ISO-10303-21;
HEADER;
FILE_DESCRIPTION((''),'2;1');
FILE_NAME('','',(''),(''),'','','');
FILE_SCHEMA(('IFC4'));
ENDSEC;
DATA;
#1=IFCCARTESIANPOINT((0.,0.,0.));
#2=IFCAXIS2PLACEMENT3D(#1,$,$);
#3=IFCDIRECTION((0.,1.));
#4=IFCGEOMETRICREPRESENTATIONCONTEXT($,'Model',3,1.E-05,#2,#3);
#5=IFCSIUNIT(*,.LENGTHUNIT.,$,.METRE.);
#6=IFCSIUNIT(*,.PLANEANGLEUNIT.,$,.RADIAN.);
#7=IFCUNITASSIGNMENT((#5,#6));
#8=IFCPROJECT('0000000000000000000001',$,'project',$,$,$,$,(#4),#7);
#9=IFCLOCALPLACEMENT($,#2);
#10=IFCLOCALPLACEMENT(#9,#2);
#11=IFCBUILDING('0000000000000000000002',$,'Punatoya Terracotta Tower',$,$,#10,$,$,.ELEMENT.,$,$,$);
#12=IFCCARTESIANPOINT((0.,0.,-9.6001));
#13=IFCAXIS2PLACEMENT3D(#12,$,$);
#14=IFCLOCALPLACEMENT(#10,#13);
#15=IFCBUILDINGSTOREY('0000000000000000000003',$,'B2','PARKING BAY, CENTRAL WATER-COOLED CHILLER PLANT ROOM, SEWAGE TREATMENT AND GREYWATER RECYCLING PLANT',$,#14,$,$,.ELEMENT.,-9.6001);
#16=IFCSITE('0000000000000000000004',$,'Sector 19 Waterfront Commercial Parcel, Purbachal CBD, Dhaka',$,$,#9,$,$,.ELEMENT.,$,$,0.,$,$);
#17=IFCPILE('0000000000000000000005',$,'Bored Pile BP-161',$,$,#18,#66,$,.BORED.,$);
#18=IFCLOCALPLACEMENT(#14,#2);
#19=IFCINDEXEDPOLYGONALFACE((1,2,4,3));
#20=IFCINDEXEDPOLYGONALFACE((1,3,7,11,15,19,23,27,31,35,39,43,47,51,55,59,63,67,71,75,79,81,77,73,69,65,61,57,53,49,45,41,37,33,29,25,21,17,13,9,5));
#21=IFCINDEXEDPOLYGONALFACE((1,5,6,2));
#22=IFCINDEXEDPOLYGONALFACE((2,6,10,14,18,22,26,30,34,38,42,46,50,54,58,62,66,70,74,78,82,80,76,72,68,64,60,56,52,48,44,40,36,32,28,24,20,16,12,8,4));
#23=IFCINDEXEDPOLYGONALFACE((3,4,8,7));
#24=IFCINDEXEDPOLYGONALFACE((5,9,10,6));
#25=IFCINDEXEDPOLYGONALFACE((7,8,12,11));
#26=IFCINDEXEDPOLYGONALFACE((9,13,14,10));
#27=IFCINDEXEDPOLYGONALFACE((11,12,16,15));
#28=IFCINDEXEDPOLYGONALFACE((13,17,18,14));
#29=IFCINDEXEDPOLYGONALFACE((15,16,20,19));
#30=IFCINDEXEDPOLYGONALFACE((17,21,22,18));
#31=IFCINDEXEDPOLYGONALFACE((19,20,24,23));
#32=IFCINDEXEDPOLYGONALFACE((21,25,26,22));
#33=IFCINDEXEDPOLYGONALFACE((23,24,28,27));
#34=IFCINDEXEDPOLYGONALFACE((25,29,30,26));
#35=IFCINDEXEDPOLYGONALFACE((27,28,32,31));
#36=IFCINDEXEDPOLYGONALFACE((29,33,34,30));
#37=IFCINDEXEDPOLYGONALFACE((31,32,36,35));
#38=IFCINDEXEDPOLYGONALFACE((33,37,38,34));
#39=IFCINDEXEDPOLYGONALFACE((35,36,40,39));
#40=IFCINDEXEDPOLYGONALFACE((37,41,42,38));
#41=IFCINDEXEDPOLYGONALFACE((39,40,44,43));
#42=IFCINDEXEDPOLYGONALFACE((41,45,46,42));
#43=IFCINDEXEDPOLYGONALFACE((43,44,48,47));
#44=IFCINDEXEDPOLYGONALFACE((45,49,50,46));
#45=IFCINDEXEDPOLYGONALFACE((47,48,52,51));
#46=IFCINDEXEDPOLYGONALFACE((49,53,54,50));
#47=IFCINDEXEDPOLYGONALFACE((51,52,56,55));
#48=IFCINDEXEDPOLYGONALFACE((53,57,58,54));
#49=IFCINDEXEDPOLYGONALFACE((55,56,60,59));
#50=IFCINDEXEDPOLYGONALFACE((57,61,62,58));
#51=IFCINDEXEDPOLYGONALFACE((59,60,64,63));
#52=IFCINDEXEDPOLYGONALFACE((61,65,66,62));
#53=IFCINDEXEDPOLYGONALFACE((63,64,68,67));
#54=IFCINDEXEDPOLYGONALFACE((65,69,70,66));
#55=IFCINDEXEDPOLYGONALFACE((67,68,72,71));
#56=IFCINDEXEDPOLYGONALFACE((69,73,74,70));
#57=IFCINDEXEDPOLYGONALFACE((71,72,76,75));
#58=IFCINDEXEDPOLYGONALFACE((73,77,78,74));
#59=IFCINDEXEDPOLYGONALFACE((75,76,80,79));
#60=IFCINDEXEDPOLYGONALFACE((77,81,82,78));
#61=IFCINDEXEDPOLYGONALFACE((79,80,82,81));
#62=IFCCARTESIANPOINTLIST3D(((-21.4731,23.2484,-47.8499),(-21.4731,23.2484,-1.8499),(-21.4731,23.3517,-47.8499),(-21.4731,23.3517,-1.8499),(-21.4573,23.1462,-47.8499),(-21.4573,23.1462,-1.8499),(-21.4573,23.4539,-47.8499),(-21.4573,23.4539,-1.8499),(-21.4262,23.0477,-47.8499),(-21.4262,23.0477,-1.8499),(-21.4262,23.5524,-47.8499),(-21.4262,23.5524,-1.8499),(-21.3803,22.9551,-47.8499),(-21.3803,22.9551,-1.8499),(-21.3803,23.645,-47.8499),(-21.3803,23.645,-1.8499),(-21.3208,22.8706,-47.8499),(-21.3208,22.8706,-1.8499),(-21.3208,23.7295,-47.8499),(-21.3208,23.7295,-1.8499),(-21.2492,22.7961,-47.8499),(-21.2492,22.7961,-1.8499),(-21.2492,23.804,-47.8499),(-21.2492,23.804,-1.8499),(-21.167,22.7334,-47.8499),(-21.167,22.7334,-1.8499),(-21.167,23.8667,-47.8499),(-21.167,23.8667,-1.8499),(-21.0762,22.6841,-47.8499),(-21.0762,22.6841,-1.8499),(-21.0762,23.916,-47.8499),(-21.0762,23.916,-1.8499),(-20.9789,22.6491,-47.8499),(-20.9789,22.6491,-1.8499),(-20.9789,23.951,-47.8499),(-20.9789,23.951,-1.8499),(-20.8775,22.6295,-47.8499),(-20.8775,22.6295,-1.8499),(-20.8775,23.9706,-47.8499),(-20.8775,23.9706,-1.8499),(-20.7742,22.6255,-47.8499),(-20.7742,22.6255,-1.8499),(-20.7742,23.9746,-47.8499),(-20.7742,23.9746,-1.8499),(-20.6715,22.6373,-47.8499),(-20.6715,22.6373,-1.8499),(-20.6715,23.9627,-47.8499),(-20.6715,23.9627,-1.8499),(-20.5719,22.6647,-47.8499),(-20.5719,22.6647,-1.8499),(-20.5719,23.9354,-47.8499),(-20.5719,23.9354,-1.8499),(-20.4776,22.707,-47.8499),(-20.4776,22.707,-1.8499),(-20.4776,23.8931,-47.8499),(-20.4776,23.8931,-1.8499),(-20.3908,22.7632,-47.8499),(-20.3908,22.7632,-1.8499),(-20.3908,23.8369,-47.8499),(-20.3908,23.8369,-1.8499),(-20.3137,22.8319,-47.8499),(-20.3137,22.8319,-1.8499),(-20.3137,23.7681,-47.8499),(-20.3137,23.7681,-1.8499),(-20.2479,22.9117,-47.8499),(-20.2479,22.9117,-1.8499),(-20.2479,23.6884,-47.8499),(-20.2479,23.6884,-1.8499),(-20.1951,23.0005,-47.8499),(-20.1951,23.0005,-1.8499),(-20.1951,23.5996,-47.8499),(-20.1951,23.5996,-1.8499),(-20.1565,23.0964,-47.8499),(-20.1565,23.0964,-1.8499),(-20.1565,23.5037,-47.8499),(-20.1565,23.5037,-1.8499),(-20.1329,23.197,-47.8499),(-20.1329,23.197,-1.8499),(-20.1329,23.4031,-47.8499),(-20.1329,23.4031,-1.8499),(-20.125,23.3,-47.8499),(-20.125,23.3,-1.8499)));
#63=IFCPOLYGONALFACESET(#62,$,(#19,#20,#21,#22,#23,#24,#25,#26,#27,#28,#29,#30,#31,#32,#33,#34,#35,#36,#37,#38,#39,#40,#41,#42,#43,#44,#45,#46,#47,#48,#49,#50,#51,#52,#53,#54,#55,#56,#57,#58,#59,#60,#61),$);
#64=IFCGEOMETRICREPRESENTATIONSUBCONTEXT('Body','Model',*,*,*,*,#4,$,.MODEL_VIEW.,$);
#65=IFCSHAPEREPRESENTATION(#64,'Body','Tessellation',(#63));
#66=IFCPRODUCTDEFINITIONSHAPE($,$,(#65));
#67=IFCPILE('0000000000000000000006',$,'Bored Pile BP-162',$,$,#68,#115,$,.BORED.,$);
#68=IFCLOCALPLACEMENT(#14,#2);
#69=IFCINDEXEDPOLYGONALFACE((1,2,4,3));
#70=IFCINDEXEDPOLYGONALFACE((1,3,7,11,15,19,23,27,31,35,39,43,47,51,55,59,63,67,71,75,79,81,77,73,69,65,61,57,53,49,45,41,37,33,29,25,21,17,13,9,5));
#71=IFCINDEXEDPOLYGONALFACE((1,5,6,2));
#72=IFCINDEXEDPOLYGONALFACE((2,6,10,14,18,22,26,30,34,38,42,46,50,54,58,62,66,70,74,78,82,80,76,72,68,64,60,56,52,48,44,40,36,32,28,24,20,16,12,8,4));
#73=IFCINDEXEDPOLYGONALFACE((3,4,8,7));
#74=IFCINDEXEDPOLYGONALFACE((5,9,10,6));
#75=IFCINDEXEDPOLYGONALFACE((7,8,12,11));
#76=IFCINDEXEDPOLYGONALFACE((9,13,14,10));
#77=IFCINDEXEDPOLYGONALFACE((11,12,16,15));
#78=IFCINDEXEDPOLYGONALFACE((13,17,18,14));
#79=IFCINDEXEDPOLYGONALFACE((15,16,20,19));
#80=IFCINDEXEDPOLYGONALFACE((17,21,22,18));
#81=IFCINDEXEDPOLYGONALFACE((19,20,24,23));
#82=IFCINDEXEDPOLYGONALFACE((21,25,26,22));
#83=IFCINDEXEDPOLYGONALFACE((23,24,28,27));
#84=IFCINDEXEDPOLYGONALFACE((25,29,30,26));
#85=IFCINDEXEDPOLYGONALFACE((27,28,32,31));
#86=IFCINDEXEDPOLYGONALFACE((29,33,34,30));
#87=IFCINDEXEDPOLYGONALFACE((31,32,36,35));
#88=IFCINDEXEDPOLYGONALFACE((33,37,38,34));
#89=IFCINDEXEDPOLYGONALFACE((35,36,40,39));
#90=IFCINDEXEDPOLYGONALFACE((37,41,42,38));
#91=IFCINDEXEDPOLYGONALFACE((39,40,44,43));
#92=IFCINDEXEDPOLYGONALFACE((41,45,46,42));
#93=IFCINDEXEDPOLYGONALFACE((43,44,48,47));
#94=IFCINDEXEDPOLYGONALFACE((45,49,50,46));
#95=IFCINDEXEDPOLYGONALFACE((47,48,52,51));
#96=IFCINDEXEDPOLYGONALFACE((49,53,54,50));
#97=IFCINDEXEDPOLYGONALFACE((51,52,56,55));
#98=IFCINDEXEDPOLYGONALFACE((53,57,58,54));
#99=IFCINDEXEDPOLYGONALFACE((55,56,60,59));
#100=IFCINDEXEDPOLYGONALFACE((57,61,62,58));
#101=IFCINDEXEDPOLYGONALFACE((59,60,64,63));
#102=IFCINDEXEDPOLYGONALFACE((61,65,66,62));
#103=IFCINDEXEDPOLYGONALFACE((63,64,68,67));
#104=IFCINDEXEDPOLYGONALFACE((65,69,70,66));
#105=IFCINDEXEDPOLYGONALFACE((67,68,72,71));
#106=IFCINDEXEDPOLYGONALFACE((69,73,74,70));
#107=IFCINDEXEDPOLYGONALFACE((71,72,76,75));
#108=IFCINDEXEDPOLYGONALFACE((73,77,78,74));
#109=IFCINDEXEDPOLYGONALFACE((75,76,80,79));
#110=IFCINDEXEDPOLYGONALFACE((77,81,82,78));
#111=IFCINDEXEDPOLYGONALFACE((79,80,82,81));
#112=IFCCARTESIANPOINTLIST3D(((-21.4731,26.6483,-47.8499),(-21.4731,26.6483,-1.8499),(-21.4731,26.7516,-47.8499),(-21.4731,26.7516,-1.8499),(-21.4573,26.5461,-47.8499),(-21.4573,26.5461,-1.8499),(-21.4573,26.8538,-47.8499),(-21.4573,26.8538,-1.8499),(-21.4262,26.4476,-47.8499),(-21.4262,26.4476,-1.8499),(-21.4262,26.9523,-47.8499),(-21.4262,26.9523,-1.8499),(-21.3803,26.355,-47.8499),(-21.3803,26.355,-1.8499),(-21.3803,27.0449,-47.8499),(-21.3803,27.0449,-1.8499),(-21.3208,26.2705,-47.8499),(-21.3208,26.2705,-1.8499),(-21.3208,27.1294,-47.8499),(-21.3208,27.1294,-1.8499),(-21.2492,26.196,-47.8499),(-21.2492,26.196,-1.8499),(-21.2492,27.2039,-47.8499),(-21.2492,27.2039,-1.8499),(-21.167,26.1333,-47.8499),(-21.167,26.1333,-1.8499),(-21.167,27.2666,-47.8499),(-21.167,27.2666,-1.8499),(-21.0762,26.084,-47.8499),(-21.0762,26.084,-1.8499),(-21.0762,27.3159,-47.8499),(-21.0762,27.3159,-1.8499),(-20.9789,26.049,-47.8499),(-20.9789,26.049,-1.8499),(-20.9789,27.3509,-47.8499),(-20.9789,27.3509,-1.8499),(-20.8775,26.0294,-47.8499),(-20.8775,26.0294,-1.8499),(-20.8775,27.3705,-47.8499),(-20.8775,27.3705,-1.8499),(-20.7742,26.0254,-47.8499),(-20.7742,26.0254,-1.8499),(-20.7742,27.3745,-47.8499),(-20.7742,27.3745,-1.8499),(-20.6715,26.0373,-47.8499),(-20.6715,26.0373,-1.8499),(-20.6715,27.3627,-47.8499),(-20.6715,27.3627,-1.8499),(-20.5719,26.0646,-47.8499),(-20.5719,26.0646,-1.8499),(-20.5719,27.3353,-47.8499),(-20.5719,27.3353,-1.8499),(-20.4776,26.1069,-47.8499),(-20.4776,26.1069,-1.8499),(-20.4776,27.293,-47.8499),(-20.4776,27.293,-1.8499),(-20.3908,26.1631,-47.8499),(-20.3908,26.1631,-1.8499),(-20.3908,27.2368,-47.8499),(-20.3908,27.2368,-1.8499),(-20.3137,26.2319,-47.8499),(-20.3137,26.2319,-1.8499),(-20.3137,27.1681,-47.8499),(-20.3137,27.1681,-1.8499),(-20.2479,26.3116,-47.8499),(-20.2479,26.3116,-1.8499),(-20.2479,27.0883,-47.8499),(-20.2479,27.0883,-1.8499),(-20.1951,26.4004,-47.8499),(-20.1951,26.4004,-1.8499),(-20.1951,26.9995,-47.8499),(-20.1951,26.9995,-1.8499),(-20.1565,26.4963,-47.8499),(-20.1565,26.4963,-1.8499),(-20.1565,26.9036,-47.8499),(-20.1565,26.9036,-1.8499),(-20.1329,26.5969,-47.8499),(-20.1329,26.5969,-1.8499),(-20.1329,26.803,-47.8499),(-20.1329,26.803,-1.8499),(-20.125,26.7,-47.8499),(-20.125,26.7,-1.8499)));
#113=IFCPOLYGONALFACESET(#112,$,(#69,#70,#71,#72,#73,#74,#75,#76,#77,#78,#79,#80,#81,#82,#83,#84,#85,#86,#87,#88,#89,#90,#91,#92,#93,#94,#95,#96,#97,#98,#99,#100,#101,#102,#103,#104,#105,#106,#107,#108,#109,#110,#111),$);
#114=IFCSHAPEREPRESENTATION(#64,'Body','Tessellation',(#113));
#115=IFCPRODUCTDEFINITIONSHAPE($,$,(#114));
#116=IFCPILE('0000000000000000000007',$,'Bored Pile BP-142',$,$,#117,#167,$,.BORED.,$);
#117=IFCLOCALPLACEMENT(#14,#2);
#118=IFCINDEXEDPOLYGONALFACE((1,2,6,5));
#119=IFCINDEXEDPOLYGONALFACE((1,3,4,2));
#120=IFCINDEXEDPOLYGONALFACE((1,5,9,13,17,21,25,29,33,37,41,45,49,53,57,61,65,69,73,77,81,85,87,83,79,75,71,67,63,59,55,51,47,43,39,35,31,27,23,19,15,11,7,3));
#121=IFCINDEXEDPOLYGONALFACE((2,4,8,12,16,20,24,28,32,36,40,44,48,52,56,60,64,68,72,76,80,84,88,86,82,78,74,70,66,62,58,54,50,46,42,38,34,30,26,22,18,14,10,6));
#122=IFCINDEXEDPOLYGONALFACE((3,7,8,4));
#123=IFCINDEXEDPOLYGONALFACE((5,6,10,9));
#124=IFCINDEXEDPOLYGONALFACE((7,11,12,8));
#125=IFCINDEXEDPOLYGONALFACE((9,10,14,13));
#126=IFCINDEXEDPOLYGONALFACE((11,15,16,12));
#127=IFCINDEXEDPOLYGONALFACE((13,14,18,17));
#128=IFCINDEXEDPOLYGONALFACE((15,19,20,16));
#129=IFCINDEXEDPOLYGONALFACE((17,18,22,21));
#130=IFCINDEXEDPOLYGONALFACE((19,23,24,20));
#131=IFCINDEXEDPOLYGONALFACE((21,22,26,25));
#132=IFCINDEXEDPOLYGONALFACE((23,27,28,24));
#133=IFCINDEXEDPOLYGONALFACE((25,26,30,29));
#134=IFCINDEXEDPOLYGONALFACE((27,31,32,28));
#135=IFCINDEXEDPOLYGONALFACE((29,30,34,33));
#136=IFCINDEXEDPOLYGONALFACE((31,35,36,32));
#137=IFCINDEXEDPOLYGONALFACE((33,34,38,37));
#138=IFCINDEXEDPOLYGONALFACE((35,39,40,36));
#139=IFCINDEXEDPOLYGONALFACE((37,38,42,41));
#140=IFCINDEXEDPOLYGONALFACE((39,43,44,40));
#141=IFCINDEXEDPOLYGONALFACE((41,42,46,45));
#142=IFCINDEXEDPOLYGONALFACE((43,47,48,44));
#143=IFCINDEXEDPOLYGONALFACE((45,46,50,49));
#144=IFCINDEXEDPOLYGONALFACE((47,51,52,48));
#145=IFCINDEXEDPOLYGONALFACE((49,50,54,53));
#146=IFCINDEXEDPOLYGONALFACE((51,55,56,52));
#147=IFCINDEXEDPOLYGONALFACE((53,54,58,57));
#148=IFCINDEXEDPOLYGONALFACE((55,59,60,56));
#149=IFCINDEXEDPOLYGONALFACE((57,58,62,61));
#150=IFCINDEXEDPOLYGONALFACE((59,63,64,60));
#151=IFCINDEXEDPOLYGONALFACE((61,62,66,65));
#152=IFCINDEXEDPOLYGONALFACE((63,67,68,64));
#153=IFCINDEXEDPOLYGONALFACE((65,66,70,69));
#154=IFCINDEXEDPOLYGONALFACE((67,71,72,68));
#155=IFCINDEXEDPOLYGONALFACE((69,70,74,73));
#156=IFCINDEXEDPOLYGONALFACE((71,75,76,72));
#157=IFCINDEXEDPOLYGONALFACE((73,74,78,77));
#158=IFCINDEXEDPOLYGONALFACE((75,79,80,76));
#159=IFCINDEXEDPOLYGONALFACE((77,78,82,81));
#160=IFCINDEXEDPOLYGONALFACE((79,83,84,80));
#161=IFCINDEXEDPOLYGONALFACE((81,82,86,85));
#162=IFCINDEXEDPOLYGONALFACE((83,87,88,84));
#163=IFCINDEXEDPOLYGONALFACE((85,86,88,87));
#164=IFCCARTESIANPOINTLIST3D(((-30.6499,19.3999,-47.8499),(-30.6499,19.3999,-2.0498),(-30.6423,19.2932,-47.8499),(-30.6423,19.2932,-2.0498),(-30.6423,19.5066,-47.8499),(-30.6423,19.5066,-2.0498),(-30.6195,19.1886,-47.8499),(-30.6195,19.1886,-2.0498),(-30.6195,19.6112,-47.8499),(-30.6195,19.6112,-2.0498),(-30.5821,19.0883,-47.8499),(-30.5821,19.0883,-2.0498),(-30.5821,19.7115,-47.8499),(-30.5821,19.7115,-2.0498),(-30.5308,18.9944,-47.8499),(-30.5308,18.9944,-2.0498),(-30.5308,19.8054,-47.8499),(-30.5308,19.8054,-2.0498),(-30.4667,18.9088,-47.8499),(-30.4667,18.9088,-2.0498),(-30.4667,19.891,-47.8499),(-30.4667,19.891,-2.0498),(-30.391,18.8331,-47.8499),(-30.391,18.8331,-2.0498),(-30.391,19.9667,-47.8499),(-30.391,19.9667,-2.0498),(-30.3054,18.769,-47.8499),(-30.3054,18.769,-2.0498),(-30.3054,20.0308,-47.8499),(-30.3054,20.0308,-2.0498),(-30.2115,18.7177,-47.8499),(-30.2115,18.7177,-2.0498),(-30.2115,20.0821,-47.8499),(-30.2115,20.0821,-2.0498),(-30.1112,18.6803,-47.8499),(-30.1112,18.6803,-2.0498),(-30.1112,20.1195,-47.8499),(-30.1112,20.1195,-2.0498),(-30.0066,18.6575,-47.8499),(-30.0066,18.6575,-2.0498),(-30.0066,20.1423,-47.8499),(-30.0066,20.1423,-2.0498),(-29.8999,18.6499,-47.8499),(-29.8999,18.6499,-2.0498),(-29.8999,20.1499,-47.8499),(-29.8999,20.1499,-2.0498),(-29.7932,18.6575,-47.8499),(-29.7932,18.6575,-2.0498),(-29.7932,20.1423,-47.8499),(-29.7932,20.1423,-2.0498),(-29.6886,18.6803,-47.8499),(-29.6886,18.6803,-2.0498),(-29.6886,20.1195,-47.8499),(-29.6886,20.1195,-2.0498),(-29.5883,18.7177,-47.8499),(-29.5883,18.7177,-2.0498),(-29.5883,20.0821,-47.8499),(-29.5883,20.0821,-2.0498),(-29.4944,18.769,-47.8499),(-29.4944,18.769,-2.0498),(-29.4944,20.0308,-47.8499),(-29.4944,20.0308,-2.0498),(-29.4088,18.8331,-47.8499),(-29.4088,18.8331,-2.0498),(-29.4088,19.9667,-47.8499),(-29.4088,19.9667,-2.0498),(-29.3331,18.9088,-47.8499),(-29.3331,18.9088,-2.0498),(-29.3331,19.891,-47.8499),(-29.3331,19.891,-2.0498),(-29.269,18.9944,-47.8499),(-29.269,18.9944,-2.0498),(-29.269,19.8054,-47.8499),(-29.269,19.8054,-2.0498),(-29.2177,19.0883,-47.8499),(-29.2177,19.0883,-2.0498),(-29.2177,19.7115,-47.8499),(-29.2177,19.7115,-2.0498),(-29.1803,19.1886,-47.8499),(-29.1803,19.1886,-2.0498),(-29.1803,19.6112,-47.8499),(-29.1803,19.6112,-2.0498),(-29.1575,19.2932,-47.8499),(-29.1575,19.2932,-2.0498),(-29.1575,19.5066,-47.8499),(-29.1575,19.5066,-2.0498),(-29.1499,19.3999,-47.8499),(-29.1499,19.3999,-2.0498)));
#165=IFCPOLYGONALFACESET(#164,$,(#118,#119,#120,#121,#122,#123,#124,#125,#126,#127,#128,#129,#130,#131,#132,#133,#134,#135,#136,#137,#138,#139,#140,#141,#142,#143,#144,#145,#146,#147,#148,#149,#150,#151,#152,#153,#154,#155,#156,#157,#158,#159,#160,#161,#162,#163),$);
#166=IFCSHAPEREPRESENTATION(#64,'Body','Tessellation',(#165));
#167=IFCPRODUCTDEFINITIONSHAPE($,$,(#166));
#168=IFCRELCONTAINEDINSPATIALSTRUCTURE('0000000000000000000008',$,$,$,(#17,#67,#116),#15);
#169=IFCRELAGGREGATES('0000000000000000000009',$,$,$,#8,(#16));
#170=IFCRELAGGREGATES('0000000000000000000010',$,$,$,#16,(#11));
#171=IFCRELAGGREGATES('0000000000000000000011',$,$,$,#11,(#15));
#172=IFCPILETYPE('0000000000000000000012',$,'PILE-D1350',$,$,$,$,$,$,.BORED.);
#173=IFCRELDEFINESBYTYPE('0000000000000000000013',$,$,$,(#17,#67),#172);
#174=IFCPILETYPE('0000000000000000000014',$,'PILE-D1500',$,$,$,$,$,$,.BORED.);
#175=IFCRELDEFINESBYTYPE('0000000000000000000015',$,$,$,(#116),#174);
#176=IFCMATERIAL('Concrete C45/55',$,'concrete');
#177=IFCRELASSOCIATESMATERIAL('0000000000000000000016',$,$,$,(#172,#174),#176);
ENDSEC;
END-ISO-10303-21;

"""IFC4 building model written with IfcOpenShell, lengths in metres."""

from ifc_helpers import new_model, si_unit, direction, frame, origin, origin_2d, place, context, subcontext, project, spatial, circle, extrude, material, material_profile, profile_set, type_object, element, save


model = new_model("IFC4")

# Units and contexts
model_context = context("Model", 3, precision=1e-05, world=origin(), true_north=direction((0.0, 1.0)))
body_context = subcontext(model_context, "Body", "Model", "MODEL_VIEW")
ifc_project = project(units=[si_unit("LENGTHUNIT", "METRE"), si_unit("PLANEANGLEUNIT", "RADIAN")], contexts=[model_context])

# Site, building, storey
site_placement = place(None, origin())
site = spatial("IfcSite", under=ifc_project, at=site_placement, Name="Sector 19 Waterfront Commercial Parcel, Purbachal CBD, Dhaka", CompositionType="ELEMENT", RefElevation=0.0)
building_placement = place(site_placement, origin())
building = spatial("IfcBuilding", under=site, at=building_placement, Name="Punatoya Terracotta Tower", CompositionType="ELEMENT")
storey_placement = place(building_placement, frame((0.0, 0.0, -9.6001)))
storey = spatial("IfcBuildingStorey", under=building, at=storey_placement, Name="B2", Description="PARKING BAY, CENTRAL WATER-COOLED CHILLER PLANT ROOM, SEWAGE TREATMENT AND GREYWATER RECYCLING PLANT", CompositionType="ELEMENT", Elevation=-9.6001)

# Shared definitions
ifc_material_1 = material(Name="Concrete C45/55", Category="concrete")

# Piles
ifc_material_profile_1 = material_profile(ifc_material_1, circle(Radius=0.675, at=origin_2d()))
ifc_profile_set_1 = profile_set([ifc_material_profile_1], Name="Concrete C45/55")
pile_type_1 = type_object("IfcPileType", Name="PILE-D1350", PredefinedType="BORED", material=ifc_profile_set_1)
for number, where, z_axis, x_axis, name in (
    (1, (-20.8, 23.3, -1.8499), (0.0, 0.0, -1.0), (1.0, 0.0, 0.0), "Bored Pile BP-161"),
    (2, (-20.8, 26.7, -1.8499), (0.0, 0.0, -1.0), (1.0, 0.0, 0.0), "Bored Pile BP-162"),
):
    element("IfcPile", number, at=place(storey_placement, frame(where, z_axis=z_axis, x_axis=x_axis)), inside=storey, type_object=pile_type_1, Name=name, PredefinedType="BORED", context=body_context, shape_type="SweptSolid", body=[
        extrude(circle(Radius=0.675, at=origin_2d()), origin(), (0.0, 0.0, 1.0), 46.0),
    ])
ifc_material_profile_2 = material_profile(ifc_material_1, circle(Radius=0.75, at=origin_2d()))
ifc_profile_set_2 = profile_set([ifc_material_profile_2], Name="Concrete C45/55")
pile_type_2 = type_object("IfcPileType", Name="PILE-D1500", PredefinedType="BORED", material=ifc_profile_set_2)
for number, where, z_axis, x_axis, name in (
    (3, (-29.8999, 19.3999, -2.0498), (0.0, 0.0, -1.0), (1.0, 0.0, 0.0), "Bored Pile BP-142"),
):
    element("IfcPile", number, at=place(storey_placement, frame(where, z_axis=z_axis, x_axis=x_axis)), inside=storey, type_object=pile_type_2, Name=name, PredefinedType="BORED", context=body_context, shape_type="SweptSolid", body=[
        extrude(circle(Radius=0.75, at=origin_2d()), origin(), (0.0, 0.0, 1.0), 45.8),
    ])

save(model, "model.ifc")
